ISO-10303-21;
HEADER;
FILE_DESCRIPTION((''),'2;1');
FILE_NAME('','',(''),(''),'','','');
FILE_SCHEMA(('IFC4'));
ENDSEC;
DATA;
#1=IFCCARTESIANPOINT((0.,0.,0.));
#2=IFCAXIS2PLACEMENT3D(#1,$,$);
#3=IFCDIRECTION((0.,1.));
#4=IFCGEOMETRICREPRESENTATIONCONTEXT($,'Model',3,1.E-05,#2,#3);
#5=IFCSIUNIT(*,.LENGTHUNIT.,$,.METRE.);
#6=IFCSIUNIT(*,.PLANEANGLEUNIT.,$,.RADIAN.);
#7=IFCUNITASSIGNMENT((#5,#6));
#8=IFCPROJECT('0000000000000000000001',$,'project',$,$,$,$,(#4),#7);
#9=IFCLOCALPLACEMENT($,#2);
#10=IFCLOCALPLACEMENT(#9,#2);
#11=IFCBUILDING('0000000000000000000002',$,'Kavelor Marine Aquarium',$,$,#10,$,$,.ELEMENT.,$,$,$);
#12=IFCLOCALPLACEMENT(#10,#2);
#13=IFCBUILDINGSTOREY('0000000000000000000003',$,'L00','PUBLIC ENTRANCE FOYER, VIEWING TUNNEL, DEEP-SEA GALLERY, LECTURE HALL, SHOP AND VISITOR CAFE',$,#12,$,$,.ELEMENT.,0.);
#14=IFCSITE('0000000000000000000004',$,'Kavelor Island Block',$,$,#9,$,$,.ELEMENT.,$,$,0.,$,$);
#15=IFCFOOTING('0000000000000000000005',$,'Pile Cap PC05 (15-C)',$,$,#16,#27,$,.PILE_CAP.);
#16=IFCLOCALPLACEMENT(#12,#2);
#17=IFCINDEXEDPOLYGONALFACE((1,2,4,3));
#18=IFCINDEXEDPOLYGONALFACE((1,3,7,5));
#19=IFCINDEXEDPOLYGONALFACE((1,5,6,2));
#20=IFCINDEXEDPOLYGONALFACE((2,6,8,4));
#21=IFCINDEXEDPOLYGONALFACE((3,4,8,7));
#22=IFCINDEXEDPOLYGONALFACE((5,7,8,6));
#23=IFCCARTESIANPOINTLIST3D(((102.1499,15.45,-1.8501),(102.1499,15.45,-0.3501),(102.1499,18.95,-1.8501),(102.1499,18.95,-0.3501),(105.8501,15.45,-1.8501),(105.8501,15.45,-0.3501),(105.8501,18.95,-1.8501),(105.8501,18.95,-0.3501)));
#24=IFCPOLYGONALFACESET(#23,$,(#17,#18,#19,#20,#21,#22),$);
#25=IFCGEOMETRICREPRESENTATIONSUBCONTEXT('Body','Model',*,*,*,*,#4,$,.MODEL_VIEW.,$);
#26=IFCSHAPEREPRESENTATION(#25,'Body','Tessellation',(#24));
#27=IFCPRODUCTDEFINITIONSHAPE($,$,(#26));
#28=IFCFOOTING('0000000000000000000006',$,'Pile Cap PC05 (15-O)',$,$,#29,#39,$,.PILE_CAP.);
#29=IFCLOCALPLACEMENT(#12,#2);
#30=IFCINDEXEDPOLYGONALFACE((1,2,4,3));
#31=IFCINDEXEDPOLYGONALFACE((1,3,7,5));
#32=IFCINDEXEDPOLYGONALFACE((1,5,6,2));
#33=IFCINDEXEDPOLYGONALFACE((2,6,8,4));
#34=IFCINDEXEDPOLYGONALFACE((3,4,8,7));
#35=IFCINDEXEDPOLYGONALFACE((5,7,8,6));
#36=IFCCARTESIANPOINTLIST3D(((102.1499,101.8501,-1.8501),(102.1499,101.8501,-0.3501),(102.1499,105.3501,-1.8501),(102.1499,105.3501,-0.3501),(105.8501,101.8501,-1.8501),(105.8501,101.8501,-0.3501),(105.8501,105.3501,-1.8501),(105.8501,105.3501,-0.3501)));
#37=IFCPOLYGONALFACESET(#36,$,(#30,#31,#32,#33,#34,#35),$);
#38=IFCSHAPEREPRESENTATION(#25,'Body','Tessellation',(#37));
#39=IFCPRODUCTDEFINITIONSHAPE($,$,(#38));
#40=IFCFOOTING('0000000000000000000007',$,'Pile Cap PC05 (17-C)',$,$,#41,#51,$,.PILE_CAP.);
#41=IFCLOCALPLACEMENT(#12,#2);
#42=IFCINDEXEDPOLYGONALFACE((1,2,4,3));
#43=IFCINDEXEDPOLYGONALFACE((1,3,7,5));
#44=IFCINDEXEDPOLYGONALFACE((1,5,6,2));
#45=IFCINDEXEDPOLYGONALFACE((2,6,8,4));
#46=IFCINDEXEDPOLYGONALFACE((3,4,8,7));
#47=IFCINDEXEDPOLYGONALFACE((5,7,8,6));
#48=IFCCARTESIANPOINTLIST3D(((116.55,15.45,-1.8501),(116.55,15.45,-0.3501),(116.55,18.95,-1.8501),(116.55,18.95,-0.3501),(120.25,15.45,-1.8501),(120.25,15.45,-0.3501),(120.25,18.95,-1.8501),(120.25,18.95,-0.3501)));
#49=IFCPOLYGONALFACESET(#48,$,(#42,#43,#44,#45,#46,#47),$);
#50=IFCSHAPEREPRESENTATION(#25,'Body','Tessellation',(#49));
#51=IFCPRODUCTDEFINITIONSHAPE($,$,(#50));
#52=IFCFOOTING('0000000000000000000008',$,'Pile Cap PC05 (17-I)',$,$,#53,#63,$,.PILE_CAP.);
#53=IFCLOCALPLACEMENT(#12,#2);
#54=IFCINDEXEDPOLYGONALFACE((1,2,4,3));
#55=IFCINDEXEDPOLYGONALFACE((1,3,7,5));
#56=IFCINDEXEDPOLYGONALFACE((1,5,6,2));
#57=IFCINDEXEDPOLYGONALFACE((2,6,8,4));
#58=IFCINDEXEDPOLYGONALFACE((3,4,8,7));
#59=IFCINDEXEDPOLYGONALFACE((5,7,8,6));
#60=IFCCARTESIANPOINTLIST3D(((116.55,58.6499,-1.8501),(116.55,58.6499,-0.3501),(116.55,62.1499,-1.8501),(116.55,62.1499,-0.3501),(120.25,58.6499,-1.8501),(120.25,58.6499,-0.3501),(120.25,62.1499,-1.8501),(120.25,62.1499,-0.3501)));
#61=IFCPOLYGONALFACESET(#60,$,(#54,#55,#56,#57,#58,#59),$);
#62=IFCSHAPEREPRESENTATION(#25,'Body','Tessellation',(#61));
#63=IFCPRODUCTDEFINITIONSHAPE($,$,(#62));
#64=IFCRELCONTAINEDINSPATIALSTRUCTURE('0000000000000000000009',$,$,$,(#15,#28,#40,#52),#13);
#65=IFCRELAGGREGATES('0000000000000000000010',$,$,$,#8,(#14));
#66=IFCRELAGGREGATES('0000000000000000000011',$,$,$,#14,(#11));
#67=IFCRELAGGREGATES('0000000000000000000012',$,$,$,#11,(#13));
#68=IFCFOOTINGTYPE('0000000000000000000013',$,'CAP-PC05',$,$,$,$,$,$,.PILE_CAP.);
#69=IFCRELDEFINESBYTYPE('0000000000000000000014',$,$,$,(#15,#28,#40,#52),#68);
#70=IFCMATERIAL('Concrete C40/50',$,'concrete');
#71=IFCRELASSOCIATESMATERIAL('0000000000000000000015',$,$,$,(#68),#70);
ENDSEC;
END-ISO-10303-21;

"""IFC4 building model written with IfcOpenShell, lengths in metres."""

from ifc_helpers import new_model, si_unit, direction, frame, origin, place, context, subcontext, project, spatial, polyline, outline, extrude, material, type_object, element, save


model = new_model("IFC4")

# Units and contexts
model_context = context("Model", 3, precision=1e-05, world=origin(), true_north=direction((0.0, 1.0)))
body_context = subcontext(model_context, "Body", "Model", "MODEL_VIEW")
ifc_project = project(units=[si_unit("LENGTHUNIT", "METRE"), si_unit("PLANEANGLEUNIT", "RADIAN")], contexts=[model_context])

# Site, building, storey
site_placement = place(None, origin())
site = spatial("IfcSite", under=ifc_project, at=site_placement, Name="Kavelor Island Block", CompositionType="ELEMENT", RefElevation=0.0)
building_placement = place(site_placement, origin())
building = spatial("IfcBuilding", under=site, at=building_placement, Name="Kavelor Marine Aquarium", CompositionType="ELEMENT")
storey_placement = place(building_placement, origin())
storey = spatial("IfcBuildingStorey", under=building, at=storey_placement, Name="L00", Description="PUBLIC ENTRANCE FOYER, VIEWING TUNNEL, DEEP-SEA GALLERY, LECTURE HALL, SHOP AND VISITOR CAFE", CompositionType="ELEMENT", Elevation=0.0)

# Footings
ifc_material_1 = material(Name="Concrete C40/50", Category="concrete")
footing_type_1 = type_object("IfcFootingType", Name="CAP-PC05", PredefinedType="PILE_CAP", material=ifc_material_1)
footing_1_placement = place(storey_placement, frame((0.0, 0.0, -1.8501)))
element("IfcFooting", 1, at=footing_1_placement, inside=storey, type_object=footing_type_1, Name="Pile Cap PC05 (15-C)", PredefinedType="PILE_CAP", context=body_context, shape_type="SweptSolid", body=[
    extrude(outline(polyline([(102.1499, 15.45), (105.8501, 15.45), (105.8501, 18.95), (102.1499, 18.95), (102.1499, 15.45)])), origin(), (0.0, 0.0, 1.0), 1.5),
])
footing_2_placement = place(storey_placement, frame((0.0, 0.0, -1.8501)))
element("IfcFooting", 2, at=footing_2_placement, inside=storey, type_object=footing_type_1, Name="Pile Cap PC05 (15-O)", PredefinedType="PILE_CAP", context=body_context, shape_type="SweptSolid", body=[
    extrude(outline(polyline([(102.1499, 101.8501), (105.8501, 101.8501), (105.8501, 105.3501), (102.1499, 105.3501), (102.1499, 101.8501)])), origin(), (0.0, 0.0, 1.0), 1.5),
])
footing_3_placement = place(storey_placement, frame((0.0, 0.0, -1.8501)))
element("IfcFooting", 3, at=footing_3_placement, inside=storey, type_object=footing_type_1, Name="Pile Cap PC05 (17-C)", PredefinedType="PILE_CAP", context=body_context, shape_type="SweptSolid", body=[
    extrude(outline(polyline([(116.55, 15.45), (120.25, 15.45), (120.25, 18.95), (116.55, 18.95), (116.55, 15.45)])), origin(), (0.0, 0.0, 1.0), 1.5),
])
footing_4_placement = place(storey_placement, frame((0.0, 0.0, -1.8501)))
element("IfcFooting", 4, at=footing_4_placement, inside=storey, type_object=footing_type_1, Name="Pile Cap PC05 (17-I)", PredefinedType="PILE_CAP", context=body_context, shape_type="SweptSolid", body=[
    extrude(outline(polyline([(116.55, 58.6499), (120.25, 58.6499), (120.25, 62.1499), (116.55, 62.1499), (116.55, 58.6499)])), origin(), (0.0, 0.0, 1.0), 1.5),
])

save(model, "model.ifc")
